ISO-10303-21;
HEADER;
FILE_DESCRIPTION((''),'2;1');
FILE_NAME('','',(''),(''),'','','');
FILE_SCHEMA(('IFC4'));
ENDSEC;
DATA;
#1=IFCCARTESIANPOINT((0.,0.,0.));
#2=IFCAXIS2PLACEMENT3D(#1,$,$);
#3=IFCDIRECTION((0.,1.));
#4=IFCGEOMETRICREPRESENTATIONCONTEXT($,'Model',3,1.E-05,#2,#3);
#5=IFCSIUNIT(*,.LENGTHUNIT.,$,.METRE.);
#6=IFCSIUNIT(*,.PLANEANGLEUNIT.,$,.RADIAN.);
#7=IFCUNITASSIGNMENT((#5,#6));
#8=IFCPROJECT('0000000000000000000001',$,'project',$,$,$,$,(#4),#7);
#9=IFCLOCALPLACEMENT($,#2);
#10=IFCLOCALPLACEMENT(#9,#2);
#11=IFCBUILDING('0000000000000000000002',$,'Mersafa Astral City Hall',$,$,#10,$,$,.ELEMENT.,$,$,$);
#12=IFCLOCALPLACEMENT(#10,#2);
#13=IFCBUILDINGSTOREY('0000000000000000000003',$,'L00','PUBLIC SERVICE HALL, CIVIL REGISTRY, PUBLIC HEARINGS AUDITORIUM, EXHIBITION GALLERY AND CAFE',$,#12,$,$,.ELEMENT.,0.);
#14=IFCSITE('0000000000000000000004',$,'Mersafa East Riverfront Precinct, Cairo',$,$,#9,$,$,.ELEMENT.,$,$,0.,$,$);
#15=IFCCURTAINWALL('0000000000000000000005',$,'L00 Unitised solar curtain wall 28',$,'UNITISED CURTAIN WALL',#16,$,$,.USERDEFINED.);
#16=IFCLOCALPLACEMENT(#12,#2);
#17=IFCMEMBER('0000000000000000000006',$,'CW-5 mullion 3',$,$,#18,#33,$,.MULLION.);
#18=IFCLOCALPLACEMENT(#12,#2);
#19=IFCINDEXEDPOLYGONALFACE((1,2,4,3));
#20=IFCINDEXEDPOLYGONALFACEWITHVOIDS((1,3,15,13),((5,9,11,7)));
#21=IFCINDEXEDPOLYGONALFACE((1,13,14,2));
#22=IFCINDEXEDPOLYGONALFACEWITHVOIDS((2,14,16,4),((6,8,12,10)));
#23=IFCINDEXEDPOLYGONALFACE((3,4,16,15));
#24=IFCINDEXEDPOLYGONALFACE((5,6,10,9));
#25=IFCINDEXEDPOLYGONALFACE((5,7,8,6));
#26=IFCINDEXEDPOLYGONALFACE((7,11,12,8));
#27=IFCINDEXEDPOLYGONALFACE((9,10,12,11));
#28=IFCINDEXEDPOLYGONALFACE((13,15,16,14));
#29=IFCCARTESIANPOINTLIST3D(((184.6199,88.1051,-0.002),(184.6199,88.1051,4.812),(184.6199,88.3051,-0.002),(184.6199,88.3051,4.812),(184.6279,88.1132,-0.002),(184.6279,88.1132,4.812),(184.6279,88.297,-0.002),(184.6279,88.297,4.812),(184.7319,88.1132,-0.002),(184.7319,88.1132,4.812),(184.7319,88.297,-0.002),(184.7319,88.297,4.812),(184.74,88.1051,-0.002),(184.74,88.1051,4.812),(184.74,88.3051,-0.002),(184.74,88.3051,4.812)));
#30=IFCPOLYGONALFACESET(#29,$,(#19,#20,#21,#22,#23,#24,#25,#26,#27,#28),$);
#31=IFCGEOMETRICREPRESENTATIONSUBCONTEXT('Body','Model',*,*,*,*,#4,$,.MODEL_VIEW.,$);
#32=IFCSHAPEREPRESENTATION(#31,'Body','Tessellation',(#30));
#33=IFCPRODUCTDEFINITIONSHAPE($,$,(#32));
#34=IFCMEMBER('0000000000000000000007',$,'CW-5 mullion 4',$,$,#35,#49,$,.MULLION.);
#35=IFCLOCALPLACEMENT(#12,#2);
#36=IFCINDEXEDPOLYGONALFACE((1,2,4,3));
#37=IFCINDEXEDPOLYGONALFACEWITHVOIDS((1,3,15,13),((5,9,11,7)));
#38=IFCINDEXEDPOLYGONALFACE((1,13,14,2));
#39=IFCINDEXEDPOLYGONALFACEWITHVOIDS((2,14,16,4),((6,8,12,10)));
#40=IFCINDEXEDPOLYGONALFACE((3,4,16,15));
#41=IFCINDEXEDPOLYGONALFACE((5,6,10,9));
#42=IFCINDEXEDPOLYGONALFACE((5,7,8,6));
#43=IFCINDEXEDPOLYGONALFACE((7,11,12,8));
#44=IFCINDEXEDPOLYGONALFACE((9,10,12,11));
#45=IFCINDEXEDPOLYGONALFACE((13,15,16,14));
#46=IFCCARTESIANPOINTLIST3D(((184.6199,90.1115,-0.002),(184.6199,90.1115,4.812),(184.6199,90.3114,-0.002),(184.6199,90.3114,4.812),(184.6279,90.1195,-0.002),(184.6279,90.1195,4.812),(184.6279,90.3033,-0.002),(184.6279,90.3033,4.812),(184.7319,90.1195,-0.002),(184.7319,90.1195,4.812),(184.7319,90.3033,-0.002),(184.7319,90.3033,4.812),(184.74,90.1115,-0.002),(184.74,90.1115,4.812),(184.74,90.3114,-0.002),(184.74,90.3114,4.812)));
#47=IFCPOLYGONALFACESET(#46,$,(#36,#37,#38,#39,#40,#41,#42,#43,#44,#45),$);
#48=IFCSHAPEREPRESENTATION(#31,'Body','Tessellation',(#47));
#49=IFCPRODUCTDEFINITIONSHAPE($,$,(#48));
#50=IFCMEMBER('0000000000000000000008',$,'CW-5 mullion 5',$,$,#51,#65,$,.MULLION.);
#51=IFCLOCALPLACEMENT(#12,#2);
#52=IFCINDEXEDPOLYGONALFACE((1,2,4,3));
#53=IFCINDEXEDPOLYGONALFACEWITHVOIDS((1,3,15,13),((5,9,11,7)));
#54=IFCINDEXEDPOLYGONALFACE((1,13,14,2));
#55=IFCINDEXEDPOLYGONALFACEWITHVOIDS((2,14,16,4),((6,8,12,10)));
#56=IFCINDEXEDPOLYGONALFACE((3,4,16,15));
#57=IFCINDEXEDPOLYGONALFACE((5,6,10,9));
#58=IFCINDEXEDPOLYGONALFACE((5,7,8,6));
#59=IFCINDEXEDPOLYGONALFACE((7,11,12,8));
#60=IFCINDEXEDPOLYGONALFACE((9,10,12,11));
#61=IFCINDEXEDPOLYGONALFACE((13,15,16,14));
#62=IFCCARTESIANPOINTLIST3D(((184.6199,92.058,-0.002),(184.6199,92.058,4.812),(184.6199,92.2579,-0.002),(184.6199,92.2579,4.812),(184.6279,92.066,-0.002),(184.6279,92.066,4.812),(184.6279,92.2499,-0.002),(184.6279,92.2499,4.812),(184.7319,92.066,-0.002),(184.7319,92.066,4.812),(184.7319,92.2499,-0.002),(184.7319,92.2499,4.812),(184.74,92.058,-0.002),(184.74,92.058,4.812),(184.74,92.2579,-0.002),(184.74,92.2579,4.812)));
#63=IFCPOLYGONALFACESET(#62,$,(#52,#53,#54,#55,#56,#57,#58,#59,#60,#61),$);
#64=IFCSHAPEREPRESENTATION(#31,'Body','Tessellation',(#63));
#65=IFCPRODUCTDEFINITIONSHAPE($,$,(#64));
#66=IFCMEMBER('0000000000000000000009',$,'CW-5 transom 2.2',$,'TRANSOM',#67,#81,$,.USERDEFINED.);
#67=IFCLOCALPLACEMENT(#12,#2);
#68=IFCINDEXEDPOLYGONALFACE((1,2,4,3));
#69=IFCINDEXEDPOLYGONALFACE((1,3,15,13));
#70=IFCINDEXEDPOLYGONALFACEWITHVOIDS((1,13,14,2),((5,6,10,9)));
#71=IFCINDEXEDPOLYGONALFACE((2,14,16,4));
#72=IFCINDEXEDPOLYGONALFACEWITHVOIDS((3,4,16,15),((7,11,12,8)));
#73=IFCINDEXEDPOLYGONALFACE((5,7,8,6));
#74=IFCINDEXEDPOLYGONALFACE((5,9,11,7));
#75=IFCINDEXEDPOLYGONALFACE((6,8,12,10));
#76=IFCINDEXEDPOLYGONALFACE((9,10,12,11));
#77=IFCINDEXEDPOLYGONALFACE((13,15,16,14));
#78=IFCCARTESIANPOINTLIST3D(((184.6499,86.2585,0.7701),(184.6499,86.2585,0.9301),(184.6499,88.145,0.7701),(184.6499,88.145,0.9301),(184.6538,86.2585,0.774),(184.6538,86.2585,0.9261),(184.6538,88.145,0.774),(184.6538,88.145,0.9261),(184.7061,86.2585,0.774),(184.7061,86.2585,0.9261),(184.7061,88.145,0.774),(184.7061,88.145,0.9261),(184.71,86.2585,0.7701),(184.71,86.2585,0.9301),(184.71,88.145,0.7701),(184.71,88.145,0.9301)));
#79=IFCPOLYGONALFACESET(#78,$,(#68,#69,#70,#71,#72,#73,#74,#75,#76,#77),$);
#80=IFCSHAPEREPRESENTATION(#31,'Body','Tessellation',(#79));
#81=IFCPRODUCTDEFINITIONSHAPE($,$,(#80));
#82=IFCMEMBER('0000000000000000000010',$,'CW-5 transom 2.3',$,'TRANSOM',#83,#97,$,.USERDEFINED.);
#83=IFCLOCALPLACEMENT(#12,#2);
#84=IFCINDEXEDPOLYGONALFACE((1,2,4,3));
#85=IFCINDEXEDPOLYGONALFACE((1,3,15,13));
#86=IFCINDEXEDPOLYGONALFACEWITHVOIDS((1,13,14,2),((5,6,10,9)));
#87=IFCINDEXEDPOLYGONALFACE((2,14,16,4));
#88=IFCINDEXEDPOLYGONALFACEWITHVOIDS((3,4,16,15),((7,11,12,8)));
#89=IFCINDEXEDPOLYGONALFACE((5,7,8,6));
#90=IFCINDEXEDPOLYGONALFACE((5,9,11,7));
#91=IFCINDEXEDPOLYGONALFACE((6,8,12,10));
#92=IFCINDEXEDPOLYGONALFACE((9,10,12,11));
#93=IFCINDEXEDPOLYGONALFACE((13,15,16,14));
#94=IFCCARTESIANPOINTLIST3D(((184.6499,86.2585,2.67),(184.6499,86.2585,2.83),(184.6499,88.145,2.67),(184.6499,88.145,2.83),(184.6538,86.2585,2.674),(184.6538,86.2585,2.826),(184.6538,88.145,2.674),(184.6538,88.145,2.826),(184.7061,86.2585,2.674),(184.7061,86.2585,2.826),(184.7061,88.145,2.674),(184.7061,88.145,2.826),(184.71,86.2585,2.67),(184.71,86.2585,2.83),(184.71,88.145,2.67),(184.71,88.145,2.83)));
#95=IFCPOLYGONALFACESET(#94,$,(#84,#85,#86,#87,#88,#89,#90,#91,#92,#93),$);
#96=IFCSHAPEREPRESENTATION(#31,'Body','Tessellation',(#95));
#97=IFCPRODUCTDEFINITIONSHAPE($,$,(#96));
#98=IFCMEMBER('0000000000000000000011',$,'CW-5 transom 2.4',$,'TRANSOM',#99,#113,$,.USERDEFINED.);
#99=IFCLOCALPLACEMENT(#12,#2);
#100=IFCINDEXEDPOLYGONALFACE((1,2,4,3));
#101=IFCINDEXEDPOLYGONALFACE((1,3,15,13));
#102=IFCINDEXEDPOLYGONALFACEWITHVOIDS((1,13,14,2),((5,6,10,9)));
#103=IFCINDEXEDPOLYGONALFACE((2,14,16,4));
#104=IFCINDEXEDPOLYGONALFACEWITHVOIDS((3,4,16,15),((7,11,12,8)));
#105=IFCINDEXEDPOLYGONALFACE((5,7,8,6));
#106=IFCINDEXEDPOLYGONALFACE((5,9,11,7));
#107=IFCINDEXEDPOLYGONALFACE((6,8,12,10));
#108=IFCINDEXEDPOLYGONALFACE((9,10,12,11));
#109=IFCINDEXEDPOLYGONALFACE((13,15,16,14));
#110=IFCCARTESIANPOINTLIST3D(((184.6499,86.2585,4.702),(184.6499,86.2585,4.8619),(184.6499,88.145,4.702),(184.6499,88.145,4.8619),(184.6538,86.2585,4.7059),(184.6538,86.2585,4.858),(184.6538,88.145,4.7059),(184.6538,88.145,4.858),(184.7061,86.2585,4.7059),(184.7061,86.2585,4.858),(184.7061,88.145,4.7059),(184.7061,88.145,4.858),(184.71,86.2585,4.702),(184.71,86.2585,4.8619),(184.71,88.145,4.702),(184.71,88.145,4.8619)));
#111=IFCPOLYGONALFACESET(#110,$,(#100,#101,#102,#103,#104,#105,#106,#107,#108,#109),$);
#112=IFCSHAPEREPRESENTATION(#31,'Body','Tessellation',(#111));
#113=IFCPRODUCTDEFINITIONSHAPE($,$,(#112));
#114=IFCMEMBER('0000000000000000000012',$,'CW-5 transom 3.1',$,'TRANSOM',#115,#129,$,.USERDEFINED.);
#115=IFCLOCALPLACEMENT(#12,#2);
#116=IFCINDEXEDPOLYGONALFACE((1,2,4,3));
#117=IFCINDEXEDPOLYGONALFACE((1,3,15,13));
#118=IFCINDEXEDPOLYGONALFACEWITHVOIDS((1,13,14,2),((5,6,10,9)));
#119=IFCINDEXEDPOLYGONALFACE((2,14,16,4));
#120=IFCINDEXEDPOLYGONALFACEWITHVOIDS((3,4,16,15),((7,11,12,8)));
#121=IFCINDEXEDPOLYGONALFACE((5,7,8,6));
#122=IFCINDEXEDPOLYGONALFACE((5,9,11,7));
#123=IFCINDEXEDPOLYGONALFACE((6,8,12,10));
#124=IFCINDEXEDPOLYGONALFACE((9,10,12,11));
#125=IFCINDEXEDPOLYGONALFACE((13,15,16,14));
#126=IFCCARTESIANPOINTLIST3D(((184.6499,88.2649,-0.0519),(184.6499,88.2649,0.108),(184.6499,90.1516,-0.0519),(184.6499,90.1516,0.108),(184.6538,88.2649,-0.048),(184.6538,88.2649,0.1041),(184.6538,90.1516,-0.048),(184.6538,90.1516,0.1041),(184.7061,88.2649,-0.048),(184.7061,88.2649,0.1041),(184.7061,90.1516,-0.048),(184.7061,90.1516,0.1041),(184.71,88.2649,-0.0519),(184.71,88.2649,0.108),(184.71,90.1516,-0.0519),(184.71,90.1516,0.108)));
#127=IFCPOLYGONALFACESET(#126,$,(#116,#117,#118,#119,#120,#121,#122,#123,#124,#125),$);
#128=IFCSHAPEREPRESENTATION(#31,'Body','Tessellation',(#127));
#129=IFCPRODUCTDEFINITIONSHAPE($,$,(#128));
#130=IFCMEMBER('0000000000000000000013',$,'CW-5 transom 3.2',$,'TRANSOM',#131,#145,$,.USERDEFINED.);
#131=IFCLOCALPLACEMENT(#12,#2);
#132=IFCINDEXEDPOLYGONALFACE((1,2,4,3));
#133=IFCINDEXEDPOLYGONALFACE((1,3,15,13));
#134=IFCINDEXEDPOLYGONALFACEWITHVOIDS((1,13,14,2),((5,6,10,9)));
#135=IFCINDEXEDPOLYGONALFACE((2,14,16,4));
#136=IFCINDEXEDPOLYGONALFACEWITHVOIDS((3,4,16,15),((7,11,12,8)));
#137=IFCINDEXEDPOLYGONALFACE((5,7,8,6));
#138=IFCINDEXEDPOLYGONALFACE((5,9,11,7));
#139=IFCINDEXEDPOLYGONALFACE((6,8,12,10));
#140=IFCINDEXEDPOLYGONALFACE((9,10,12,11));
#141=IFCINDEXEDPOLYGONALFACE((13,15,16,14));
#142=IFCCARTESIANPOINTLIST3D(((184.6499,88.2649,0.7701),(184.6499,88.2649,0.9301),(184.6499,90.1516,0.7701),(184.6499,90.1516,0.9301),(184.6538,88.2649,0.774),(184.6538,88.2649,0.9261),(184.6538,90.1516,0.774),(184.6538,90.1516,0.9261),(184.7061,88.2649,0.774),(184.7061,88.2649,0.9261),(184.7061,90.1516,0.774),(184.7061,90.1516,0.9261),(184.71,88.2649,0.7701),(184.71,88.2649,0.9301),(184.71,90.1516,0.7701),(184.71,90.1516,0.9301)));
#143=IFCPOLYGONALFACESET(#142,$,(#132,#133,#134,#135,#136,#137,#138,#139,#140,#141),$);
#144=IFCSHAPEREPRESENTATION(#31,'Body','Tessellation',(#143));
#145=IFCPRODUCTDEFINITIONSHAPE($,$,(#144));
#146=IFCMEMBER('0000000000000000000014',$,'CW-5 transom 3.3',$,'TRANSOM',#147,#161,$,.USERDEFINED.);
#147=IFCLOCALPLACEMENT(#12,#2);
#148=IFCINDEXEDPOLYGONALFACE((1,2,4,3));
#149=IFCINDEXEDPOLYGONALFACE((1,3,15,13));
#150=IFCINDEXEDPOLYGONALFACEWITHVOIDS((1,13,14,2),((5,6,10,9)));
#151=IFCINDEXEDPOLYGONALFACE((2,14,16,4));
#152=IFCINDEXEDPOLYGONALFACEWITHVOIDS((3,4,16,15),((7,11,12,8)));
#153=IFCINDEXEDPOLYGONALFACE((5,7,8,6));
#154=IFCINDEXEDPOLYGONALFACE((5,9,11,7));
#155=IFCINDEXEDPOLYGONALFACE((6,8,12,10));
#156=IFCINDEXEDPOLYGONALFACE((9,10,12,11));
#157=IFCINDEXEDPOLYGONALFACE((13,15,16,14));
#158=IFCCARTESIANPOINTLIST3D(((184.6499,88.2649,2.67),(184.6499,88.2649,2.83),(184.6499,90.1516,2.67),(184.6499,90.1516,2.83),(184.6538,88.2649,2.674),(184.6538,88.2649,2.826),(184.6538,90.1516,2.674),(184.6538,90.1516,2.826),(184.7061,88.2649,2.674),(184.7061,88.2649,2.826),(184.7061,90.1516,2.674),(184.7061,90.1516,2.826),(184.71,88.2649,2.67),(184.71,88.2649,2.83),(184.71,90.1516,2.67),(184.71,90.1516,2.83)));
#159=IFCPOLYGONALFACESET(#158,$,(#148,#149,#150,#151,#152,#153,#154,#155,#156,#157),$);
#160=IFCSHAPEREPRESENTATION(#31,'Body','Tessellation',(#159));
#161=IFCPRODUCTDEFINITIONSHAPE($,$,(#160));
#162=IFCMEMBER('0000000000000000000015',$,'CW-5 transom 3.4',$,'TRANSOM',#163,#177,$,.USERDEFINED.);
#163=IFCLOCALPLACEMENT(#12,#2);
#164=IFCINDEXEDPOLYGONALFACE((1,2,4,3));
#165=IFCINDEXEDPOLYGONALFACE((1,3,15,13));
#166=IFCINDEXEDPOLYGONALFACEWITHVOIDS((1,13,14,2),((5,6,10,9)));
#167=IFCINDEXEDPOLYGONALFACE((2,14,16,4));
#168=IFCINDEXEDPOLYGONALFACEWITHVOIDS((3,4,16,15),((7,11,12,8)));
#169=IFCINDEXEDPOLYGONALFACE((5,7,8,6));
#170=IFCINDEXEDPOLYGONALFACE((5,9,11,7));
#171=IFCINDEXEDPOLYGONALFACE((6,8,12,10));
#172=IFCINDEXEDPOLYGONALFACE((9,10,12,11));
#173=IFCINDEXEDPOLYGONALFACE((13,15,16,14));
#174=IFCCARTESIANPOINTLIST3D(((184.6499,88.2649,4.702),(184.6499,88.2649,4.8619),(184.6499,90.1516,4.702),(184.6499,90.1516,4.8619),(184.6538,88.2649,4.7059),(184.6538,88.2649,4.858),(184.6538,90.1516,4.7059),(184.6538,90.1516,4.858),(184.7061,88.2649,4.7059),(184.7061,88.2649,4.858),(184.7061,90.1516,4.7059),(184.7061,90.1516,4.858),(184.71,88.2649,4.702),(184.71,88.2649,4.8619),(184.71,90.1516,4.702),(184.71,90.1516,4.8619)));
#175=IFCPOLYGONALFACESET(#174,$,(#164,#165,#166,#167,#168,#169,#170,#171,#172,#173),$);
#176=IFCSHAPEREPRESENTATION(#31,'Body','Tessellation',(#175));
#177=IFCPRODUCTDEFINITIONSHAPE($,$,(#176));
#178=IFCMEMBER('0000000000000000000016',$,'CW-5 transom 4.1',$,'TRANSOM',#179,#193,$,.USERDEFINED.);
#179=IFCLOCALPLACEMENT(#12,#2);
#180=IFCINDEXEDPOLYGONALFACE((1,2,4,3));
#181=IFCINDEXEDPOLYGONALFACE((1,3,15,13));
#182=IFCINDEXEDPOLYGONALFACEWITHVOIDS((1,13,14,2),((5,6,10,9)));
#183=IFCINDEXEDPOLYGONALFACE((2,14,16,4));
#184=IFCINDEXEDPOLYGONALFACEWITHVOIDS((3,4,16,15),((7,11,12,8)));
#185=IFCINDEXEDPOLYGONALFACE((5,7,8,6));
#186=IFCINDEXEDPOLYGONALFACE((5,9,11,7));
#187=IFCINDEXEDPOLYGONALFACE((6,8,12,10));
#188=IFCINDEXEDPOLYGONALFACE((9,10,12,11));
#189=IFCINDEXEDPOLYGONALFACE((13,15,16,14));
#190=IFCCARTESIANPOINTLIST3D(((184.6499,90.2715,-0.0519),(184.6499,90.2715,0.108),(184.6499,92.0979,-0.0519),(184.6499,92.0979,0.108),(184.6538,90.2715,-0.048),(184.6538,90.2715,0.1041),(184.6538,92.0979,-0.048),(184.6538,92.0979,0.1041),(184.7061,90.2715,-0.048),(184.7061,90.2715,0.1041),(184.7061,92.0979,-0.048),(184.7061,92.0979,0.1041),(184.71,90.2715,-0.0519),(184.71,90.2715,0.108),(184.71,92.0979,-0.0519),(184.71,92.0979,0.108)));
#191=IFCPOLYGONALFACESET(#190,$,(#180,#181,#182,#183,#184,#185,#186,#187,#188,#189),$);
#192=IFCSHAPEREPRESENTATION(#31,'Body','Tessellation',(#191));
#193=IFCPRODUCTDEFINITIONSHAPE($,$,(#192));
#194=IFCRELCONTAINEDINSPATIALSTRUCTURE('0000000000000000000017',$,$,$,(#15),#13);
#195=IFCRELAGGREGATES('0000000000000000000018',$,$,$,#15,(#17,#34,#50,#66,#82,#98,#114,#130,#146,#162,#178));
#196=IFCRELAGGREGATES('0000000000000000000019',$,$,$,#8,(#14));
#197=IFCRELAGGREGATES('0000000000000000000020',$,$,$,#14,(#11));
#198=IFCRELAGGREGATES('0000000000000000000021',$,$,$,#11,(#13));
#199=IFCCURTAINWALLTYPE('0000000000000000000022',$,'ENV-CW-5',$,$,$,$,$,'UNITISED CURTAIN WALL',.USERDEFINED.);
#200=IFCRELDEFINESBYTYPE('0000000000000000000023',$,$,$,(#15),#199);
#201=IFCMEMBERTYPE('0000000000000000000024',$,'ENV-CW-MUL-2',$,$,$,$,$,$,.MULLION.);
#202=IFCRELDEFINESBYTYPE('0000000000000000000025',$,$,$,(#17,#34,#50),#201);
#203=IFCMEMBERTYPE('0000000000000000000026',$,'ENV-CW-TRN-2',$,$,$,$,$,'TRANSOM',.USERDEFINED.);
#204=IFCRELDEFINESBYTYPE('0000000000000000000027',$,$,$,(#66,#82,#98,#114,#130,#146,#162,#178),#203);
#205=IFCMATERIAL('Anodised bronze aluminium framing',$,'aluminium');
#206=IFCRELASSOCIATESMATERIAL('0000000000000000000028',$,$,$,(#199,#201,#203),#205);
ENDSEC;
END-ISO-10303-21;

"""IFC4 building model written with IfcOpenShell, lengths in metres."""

from ifc_helpers import new_model, si_unit, direction, frame, origin, origin_2d, place, context, subcontext, project, spatial, hollow_rectangle, extrude, material, material_profile, profile_set, type_object, element, aggregate, save


model = new_model("IFC4")

# Units and contexts
model_context = context("Model", 3, precision=1e-05, world=origin(), true_north=direction((0.0, 1.0)))
body_context = subcontext(model_context, "Body", "Model", "MODEL_VIEW")
ifc_project = project(units=[si_unit("LENGTHUNIT", "METRE"), si_unit("PLANEANGLEUNIT", "RADIAN")], contexts=[model_context])

# Site, building, storey
site_placement = place(None, origin())
site = spatial("IfcSite", under=ifc_project, at=site_placement, Name="Mersafa East Riverfront Precinct, Cairo", CompositionType="ELEMENT", RefElevation=0.0)
building_placement = place(site_placement, origin())
building = spatial("IfcBuilding", under=site, at=building_placement, Name="Mersafa Astral City Hall", CompositionType="ELEMENT")
storey_placement = place(building_placement, origin())
storey = spatial("IfcBuildingStorey", under=building, at=storey_placement, Name="L00", Description="PUBLIC SERVICE HALL, CIVIL REGISTRY, PUBLIC HEARINGS AUDITORIUM, EXHIBITION GALLERY AND CAFE", CompositionType="ELEMENT", Elevation=0.0)

# Curtain wall, members
ifc_material_1 = material(Name="Anodised bronze aluminium framing", Category="aluminium")
curtain_wall_type = type_object("IfcCurtainWallType", Name="ENV-CW-5", ElementType="UNITISED CURTAIN WALL", PredefinedType="USERDEFINED", material=ifc_material_1)
curtain_wall_placement = place(storey_placement, origin())
curtain_wall = element("IfcCurtainWall", 1, at=curtain_wall_placement, inside=storey, type_object=curtain_wall_type, Name="L00 Unitised solar curtain wall 28", ObjectType="UNITISED CURTAIN WALL", PredefinedType="USERDEFINED")
ifc_material_profile_1 = material_profile(ifc_material_1, hollow_rectangle(XDim=0.1201, YDim=0.2, WallThickness=0.0081, at=origin_2d()), Name="RHS 120x200x8")
ifc_profile_set_1 = profile_set([ifc_material_profile_1], Name="Anodised bronze aluminium framing")
member_type_1 = type_object("IfcMemberType", Name="ENV-CW-MUL-2", PredefinedType="MULLION", material=ifc_profile_set_1)
member_1_placement = place(storey_placement, frame((184.6799, 88.2051, -0.002), z_axis=(0.0, 0.0, 1.0), x_axis=(-1.0, 0.0, 0.0)))
member_1 = element("IfcMember", 2, at=member_1_placement, type_object=member_type_1, Name="CW-5 mullion 3", PredefinedType="MULLION", context=body_context, shape_type="SweptSolid", body=[
    extrude(hollow_rectangle(XDim=0.1201, YDim=0.2, WallThickness=0.0081, at=origin_2d()), origin(), (0.0, 0.0, 1.0), 4.814),
])
member_2_placement = place(storey_placement, frame((184.6799, 90.2114, -0.002), z_axis=(0.0, 0.0, 1.0), x_axis=(-1.0, 0.0, 0.0)))
member_2 = element("IfcMember", 3, at=member_2_placement, type_object=member_type_1, Name="CW-5 mullion 4", PredefinedType="MULLION", context=body_context, shape_type="SweptSolid", body=[
    extrude(hollow_rectangle(XDim=0.1201, YDim=0.2, WallThickness=0.0081, at=origin_2d()), origin(), (0.0, 0.0, 1.0), 4.814),
])
member_3_placement = place(storey_placement, frame((184.6799, 92.158, -0.002), z_axis=(0.0, 0.0, 1.0), x_axis=(-1.0, 0.0, 0.0)))
member_3 = element("IfcMember", 4, at=member_3_placement, type_object=member_type_1, Name="CW-5 mullion 5", PredefinedType="MULLION", context=body_context, shape_type="SweptSolid", body=[
    extrude(hollow_rectangle(XDim=0.1201, YDim=0.2, WallThickness=0.0081, at=origin_2d()), origin(), (0.0, 0.0, 1.0), 4.814),
])
ifc_material_profile_2 = material_profile(ifc_material_1, hollow_rectangle(XDim=0.0601, YDim=0.1599, WallThickness=0.0039, at=origin_2d()), Name="RHS 60x160x4")
ifc_profile_set_2 = profile_set([ifc_material_profile_2], Name="Anodised bronze aluminium framing")
member_type_2 = type_object("IfcMemberType", Name="ENV-CW-TRN-2", ElementType="TRANSOM", PredefinedType="USERDEFINED", material=ifc_profile_set_2)
member_4_placement = place(storey_placement, frame((184.6799, 86.2585, 0.8501), z_axis=(0.0, 1.0, 0.0), x_axis=(-1.0, 0.0, 0.0)))
member_4 = element("IfcMember", 5, at=member_4_placement, type_object=member_type_2, Name="CW-5 transom 2.2", ObjectType="TRANSOM", PredefinedType="USERDEFINED", context=body_context, shape_type="SweptSolid", body=[
    extrude(hollow_rectangle(XDim=0.0601, YDim=0.1599, WallThickness=0.0039, at=origin_2d()), origin(), (0.0, 0.0, 1.0), 1.8865),
])
member_5_placement = place(storey_placement, frame((184.6799, 86.2585, 2.75), z_axis=(0.0, 1.0, 0.0), x_axis=(-1.0, 0.0, 0.0)))
member_5 = element("IfcMember", 6, at=member_5_placement, type_object=member_type_2, Name="CW-5 transom 2.3", ObjectType="TRANSOM", PredefinedType="USERDEFINED", context=body_context, shape_type="SweptSolid", body=[
    extrude(hollow_rectangle(XDim=0.0601, YDim=0.1599, WallThickness=0.0039, at=origin_2d()), origin(), (0.0, 0.0, 1.0), 1.8865),
])
member_6_placement = place(storey_placement, frame((184.6799, 86.2585, 4.782), z_axis=(0.0, 1.0, 0.0), x_axis=(-1.0, 0.0, 0.0)))
member_6 = element("IfcMember", 7, at=member_6_placement, type_object=member_type_2, Name="CW-5 transom 2.4", ObjectType="TRANSOM", PredefinedType="USERDEFINED", context=body_context, shape_type="SweptSolid", body=[
    extrude(hollow_rectangle(XDim=0.0601, YDim=0.1599, WallThickness=0.0039, at=origin_2d()), origin(), (0.0, 0.0, 1.0), 1.8865),
])
member_7_placement = place(storey_placement, frame((184.6799, 88.2649, 0.0281), z_axis=(0.0, 1.0, 0.0), x_axis=(-1.0, 0.0, 0.0)))
member_7 = element("IfcMember", 8, at=member_7_placement, type_object=member_type_2, Name="CW-5 transom 3.1", ObjectType="TRANSOM", PredefinedType="USERDEFINED", context=body_context, shape_type="SweptSolid", body=[
    extrude(hollow_rectangle(XDim=0.0601, YDim=0.1599, WallThickness=0.0039, at=origin_2d()), origin(), (0.0, 0.0, 1.0), 1.8867),
])
member_8_placement = place(storey_placement, frame((184.6799, 88.2649, 0.8501), z_axis=(0.0, 1.0, 0.0), x_axis=(-1.0, 0.0, 0.0)))
member_8 = element("IfcMember", 9, at=member_8_placement, type_object=member_type_2, Name="CW-5 transom 3.2", ObjectType="TRANSOM", PredefinedType="USERDEFINED", context=body_context, shape_type="SweptSolid", body=[
    extrude(hollow_rectangle(XDim=0.0601, YDim=0.1599, WallThickness=0.0039, at=origin_2d()), origin(), (0.0, 0.0, 1.0), 1.8867),
])
member_9_placement = place(storey_placement, frame((184.6799, 88.2649, 2.75), z_axis=(0.0, 1.0, 0.0), x_axis=(-1.0, 0.0, 0.0)))
member_9 = element("IfcMember", 10, at=member_9_placement, type_object=member_type_2, Name="CW-5 transom 3.3", ObjectType="TRANSOM", PredefinedType="USERDEFINED", context=body_context, shape_type="SweptSolid", body=[
    extrude(hollow_rectangle(XDim=0.0601, YDim=0.1599, WallThickness=0.0039, at=origin_2d()), origin(), (0.0, 0.0, 1.0), 1.8867),
])
member_10_placement = place(storey_placement, frame((184.6799, 88.2649, 4.782), z_axis=(0.0, 1.0, 0.0), x_axis=(-1.0, 0.0, 0.0)))
member_10 = element("IfcMember", 11, at=member_10_placement, type_object=member_type_2, Name="CW-5 transom 3.4", ObjectType="TRANSOM", PredefinedType="USERDEFINED", context=body_context, shape_type="SweptSolid", body=[
    extrude(hollow_rectangle(XDim=0.0601, YDim=0.1599, WallThickness=0.0039, at=origin_2d()), origin(), (0.0, 0.0, 1.0), 1.8867),
])
member_11_placement = place(storey_placement, frame((184.6799, 90.2715, 0.0281), z_axis=(0.0, 1.0, 0.0), x_axis=(-1.0, 0.0, 0.0)))
member_11 = element("IfcMember", 12, at=member_11_placement, type_object=member_type_2, Name="CW-5 transom 4.1", ObjectType="TRANSOM", PredefinedType="USERDEFINED", context=body_context, shape_type="SweptSolid", body=[
    extrude(hollow_rectangle(XDim=0.0601, YDim=0.1599, WallThickness=0.0039, at=origin_2d()), origin(), (0.0, 0.0, 1.0), 1.8264),
])
aggregate(curtain_wall, [member_1, member_2, member_3, member_4, member_5, member_6, member_7, member_8, member_9, member_10, member_11])

save(model, "model.ifc")
